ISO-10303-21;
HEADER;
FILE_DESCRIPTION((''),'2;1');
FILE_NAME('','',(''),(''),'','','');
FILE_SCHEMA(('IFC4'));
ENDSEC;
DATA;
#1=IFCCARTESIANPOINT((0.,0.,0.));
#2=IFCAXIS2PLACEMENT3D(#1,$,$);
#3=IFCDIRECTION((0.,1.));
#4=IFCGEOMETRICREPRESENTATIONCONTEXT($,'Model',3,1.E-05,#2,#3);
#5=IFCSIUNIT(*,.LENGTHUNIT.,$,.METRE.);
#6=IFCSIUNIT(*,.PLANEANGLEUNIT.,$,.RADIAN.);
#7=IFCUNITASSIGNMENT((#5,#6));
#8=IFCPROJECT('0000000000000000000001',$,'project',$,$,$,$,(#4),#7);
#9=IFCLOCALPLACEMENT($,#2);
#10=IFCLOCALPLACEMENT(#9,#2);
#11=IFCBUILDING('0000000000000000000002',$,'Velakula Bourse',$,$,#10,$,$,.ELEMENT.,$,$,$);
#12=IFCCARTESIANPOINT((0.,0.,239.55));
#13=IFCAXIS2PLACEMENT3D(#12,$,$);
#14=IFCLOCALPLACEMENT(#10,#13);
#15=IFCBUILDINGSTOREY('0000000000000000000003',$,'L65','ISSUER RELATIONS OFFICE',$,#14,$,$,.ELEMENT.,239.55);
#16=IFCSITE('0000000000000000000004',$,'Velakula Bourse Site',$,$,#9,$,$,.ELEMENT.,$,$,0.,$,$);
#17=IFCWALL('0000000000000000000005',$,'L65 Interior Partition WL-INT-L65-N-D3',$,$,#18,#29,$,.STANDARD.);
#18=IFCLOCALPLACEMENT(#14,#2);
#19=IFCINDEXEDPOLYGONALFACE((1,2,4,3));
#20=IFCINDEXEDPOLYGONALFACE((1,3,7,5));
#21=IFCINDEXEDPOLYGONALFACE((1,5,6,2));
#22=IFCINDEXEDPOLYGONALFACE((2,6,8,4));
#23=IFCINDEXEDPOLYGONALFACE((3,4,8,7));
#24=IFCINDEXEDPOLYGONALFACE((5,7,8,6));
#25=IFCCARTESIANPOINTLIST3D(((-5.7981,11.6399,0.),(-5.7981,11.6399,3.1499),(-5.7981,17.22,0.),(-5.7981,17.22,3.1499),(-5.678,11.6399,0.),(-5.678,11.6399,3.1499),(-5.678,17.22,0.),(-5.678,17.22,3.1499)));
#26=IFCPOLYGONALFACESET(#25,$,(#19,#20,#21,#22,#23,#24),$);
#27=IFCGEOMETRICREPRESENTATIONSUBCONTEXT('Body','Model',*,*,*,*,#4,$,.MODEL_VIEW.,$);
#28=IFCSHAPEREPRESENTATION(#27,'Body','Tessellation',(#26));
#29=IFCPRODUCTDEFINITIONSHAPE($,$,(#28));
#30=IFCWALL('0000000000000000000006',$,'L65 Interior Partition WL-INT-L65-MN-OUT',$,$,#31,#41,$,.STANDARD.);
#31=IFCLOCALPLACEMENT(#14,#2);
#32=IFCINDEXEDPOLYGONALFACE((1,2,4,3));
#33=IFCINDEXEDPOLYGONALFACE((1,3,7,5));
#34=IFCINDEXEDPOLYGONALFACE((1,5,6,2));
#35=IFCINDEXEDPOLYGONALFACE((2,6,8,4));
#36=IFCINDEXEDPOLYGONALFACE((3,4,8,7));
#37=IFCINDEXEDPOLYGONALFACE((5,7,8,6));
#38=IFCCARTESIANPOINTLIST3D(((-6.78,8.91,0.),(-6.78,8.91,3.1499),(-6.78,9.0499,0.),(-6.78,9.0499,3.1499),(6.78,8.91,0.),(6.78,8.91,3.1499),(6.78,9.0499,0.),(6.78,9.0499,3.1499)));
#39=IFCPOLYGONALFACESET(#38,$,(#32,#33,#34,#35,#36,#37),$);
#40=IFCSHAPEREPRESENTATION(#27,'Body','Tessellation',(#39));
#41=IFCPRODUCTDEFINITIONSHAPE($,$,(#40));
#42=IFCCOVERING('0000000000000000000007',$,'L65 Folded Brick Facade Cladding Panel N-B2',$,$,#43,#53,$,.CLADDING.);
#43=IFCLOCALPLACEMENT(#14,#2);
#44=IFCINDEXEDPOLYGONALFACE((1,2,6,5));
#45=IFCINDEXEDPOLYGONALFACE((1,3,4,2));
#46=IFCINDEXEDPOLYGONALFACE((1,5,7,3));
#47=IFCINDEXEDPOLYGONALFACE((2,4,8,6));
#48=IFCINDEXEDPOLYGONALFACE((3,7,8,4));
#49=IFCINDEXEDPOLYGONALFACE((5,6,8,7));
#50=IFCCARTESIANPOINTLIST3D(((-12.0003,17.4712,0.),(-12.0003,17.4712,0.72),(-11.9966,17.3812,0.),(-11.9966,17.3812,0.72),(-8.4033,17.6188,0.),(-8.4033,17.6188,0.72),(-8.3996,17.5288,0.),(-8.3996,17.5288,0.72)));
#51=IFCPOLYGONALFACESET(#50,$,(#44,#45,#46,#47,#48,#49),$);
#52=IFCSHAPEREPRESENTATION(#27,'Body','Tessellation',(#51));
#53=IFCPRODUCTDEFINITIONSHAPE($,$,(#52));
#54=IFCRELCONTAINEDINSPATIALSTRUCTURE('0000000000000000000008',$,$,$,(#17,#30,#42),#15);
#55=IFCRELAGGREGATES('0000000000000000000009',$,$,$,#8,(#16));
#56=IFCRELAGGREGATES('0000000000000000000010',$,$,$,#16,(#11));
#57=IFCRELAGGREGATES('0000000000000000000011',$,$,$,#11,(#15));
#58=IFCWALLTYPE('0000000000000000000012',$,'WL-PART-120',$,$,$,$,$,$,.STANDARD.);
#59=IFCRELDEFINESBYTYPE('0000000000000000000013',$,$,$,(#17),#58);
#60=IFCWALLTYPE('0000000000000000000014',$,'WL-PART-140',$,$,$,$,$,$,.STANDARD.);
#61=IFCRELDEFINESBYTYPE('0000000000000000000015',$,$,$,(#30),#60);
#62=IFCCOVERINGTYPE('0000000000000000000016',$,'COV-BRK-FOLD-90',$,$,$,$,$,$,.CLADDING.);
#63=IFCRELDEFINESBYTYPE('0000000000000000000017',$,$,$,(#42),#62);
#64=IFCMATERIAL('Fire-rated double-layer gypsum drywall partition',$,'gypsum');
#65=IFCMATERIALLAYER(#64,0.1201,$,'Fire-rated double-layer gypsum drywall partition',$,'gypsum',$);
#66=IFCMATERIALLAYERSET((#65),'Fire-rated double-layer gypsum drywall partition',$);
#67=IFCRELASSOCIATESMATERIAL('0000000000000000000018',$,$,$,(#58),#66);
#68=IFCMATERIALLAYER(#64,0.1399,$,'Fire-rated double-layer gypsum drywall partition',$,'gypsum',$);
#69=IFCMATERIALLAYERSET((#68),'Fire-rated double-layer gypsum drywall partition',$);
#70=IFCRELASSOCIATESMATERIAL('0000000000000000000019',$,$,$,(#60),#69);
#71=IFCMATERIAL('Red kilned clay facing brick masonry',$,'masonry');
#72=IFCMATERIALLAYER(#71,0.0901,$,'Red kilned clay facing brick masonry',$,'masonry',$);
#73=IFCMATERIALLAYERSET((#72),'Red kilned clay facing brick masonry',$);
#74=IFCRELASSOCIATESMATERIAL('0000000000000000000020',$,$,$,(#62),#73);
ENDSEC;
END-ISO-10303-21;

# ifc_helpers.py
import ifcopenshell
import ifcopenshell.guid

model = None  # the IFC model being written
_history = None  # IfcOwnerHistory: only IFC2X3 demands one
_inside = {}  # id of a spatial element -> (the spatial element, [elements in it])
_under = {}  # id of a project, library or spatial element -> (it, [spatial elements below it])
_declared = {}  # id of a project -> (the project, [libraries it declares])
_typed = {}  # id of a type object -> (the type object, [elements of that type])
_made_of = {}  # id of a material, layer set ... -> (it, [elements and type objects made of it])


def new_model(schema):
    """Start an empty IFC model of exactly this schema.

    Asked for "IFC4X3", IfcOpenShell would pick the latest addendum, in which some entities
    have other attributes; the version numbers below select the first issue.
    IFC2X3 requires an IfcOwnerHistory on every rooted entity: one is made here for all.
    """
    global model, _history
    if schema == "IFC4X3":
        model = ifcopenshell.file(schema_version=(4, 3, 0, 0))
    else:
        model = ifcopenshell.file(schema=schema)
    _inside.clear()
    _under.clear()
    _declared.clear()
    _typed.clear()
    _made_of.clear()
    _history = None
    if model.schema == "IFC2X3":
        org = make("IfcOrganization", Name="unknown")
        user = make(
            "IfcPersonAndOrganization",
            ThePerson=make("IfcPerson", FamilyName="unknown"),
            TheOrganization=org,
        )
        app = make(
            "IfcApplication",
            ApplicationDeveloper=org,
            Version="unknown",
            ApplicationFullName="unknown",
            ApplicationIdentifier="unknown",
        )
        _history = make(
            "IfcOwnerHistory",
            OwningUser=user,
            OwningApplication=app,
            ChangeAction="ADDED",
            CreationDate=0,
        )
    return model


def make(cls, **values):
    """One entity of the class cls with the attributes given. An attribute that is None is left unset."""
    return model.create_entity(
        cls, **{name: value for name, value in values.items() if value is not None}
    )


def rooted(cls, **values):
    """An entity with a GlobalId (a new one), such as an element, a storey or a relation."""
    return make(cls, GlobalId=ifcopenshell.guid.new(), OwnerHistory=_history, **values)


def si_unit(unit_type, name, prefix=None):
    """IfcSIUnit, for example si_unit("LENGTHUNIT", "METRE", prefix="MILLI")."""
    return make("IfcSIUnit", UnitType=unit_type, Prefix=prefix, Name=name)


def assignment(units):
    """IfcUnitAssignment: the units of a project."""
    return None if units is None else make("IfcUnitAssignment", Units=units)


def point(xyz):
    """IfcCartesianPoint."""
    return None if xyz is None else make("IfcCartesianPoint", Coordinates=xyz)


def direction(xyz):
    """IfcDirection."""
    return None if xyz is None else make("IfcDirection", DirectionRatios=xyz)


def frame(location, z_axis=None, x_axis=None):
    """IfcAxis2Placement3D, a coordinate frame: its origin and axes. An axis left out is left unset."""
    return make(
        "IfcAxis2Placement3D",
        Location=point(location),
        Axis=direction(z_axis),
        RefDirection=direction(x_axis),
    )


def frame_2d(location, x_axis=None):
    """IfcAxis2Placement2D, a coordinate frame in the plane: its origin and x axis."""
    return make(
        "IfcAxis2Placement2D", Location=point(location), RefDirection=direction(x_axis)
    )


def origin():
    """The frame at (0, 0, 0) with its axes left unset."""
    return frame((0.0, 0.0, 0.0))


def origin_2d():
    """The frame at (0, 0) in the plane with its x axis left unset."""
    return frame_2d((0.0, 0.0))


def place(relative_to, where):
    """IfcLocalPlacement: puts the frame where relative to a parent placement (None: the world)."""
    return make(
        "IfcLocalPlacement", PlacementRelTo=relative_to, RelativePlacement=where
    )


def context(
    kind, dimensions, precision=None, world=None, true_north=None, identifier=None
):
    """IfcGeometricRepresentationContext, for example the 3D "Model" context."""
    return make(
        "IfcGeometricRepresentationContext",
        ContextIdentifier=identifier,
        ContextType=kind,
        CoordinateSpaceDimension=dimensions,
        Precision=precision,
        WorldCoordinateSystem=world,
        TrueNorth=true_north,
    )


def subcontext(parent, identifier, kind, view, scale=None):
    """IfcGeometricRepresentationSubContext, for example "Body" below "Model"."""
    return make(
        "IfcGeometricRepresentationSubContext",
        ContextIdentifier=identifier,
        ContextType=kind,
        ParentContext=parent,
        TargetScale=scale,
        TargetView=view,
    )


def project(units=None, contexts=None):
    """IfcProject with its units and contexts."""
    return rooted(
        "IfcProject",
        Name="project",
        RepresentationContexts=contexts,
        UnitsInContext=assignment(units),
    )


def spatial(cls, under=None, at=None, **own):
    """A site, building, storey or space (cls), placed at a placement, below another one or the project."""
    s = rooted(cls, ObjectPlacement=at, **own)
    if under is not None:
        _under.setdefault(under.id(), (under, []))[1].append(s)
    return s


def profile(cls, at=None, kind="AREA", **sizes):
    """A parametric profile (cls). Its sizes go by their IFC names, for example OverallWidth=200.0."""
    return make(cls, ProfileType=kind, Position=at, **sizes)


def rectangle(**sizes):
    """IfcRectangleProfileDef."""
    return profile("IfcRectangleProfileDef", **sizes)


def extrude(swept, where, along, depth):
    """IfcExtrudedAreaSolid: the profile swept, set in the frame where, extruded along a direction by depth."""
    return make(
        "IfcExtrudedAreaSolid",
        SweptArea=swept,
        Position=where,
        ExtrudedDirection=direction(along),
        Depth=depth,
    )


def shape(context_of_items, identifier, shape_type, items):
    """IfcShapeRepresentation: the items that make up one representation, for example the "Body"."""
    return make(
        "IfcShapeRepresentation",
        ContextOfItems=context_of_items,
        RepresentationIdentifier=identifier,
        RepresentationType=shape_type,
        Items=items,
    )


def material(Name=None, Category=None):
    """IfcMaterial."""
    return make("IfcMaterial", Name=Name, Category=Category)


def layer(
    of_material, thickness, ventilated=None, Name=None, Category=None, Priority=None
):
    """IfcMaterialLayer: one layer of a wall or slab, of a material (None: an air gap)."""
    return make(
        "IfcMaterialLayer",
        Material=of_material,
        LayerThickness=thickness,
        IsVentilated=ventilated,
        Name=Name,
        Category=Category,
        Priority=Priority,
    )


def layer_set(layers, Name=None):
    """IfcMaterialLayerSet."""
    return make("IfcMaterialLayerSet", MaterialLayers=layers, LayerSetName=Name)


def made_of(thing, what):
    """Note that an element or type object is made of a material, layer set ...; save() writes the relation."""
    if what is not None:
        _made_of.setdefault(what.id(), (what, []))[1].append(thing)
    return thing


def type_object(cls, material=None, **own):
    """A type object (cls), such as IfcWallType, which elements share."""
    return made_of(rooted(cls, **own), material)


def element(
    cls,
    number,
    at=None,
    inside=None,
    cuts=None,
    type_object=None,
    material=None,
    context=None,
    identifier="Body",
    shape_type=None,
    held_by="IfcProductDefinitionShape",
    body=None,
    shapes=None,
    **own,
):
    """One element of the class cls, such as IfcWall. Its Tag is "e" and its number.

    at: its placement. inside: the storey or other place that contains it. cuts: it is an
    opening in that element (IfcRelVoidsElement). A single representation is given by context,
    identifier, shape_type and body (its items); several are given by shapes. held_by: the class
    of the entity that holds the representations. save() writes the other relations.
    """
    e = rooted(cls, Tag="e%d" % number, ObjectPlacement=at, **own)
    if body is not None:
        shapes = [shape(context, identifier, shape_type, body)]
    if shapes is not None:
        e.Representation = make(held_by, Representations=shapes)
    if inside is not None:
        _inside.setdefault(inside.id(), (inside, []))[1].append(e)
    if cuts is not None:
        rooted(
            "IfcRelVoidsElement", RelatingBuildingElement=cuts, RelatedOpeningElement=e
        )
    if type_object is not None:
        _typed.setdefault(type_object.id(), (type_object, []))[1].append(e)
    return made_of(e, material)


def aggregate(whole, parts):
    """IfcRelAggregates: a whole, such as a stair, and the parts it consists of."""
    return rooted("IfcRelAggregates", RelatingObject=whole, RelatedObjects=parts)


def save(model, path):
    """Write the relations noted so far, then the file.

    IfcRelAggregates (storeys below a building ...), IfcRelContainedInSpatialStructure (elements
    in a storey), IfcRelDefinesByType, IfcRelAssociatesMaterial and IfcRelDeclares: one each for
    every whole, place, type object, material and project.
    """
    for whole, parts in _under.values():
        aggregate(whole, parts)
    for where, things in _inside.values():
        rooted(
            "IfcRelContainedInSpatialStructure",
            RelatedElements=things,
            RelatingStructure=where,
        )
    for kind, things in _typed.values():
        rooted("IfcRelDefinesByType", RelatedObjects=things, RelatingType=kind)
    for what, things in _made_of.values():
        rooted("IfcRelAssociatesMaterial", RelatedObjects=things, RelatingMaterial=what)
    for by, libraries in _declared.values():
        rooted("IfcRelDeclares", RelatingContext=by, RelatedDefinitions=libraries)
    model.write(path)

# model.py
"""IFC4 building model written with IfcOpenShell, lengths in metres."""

from ifc_helpers import new_model, si_unit, direction, frame, frame_2d, origin, origin_2d, place, context, subcontext, project, spatial, rectangle, extrude, material, layer, layer_set, type_object, element, save


model = new_model("IFC4")

# Units and contexts
model_context = context("Model", 3, precision=1e-05, world=origin(), true_north=direction((0.0, 1.0)))
body_context = subcontext(model_context, "Body", "Model", "MODEL_VIEW")
ifc_project = project(units=[si_unit("LENGTHUNIT", "METRE"), si_unit("PLANEANGLEUNIT", "RADIAN")], contexts=[model_context])

# Site, building, storey
site_placement = place(None, origin())
site = spatial("IfcSite", under=ifc_project, at=site_placement, Name="Velakula Bourse Site", CompositionType="ELEMENT", RefElevation=0.0)
building_placement = place(site_placement, origin())
building = spatial("IfcBuilding", under=site, at=building_placement, Name="Velakula Bourse", CompositionType="ELEMENT")
storey_placement = place(building_placement, frame((0.0, 0.0, 239.55)))
storey = spatial("IfcBuildingStorey", under=building, at=storey_placement, Name="L65", Description="ISSUER RELATIONS OFFICE", CompositionType="ELEMENT", Elevation=239.55)

# Walls
ifc_material_1 = material(Name="Fire-rated double-layer gypsum drywall partition", Category="gypsum")
ifc_layer_1 = layer(ifc_material_1, 0.1201, Name="Fire-rated double-layer gypsum drywall partition", Category="gypsum")
ifc_layer_set_1 = layer_set([ifc_layer_1], Name="Fire-rated double-layer gypsum drywall partition")
wall_type_1 = type_object("IfcWallType", Name="WL-PART-120", PredefinedType="STANDARD", material=ifc_layer_set_1)
for number, where, z_axis, x_axis, name in (
    (1, (-5.738, 11.6399, 0.0), (0.0, 0.0, 1.0), (0.0, 1.0, 0.0), "L65 Interior Partition WL-INT-L65-N-D3"),
):
    element("IfcWall", number, at=place(storey_placement, frame(where, z_axis=z_axis, x_axis=x_axis)), inside=storey, type_object=wall_type_1, Name=name, PredefinedType="STANDARD", context=body_context, shape_type="SweptSolid", body=[
        extrude(rectangle(XDim=5.5801, YDim=0.1201, at=frame_2d((2.79, 0.0))), origin(), (0.0, 0.0, 1.0), 3.1499),
    ])
ifc_layer_2 = layer(ifc_material_1, 0.1399, Name="Fire-rated double-layer gypsum drywall partition", Category="gypsum")
ifc_layer_set_2 = layer_set([ifc_layer_2], Name="Fire-rated double-layer gypsum drywall partition")
wall_type_2 = type_object("IfcWallType", Name="WL-PART-140", PredefinedType="STANDARD", material=ifc_layer_set_2)
wall_1_placement = place(storey_placement, frame((-6.78, 8.98, 0.0), z_axis=(0.0, 0.0, 1.0), x_axis=(1.0, 0.0, 0.0)))
element("IfcWall", 2, at=wall_1_placement, inside=storey, type_object=wall_type_2, Name="L65 Interior Partition WL-INT-L65-MN-OUT", PredefinedType="STANDARD", context=body_context, shape_type="SweptSolid", body=[
    extrude(rectangle(XDim=13.5601, YDim=0.1399, at=frame_2d((6.78, 0.0))), origin(), (0.0, 0.0, 1.0), 3.1499),
])

# Covering
ifc_material_2 = material(Name="Red kilned clay facing brick masonry", Category="masonry")
ifc_layer_3 = layer(ifc_material_2, 0.0901, Name="Red kilned clay facing brick masonry", Category="masonry")
ifc_layer_set_3 = layer_set([ifc_layer_3], Name="Red kilned clay facing brick masonry")
covering_type = type_object("IfcCoveringType", Name="COV-BRK-FOLD-90", PredefinedType="CLADDING", material=ifc_layer_set_3)
covering_placement = place(storey_placement, frame((-10.2, 17.5, 0.0), z_axis=(0.0, 0.0, 1.0), x_axis=(0.999159, 0.041004, 0.0)))
element("IfcCovering", 3, at=covering_placement, inside=storey, type_object=covering_type, Name="L65 Folded Brick Facade Cladding Panel N-B2", PredefinedType="CLADDING", context=body_context, shape_type="SweptSolid", body=[
    extrude(rectangle(XDim=3.6001, YDim=0.0901, at=origin_2d()), origin(), (0.0, 0.0, 1.0), 0.72),
])

save(model, "model.ifc")
